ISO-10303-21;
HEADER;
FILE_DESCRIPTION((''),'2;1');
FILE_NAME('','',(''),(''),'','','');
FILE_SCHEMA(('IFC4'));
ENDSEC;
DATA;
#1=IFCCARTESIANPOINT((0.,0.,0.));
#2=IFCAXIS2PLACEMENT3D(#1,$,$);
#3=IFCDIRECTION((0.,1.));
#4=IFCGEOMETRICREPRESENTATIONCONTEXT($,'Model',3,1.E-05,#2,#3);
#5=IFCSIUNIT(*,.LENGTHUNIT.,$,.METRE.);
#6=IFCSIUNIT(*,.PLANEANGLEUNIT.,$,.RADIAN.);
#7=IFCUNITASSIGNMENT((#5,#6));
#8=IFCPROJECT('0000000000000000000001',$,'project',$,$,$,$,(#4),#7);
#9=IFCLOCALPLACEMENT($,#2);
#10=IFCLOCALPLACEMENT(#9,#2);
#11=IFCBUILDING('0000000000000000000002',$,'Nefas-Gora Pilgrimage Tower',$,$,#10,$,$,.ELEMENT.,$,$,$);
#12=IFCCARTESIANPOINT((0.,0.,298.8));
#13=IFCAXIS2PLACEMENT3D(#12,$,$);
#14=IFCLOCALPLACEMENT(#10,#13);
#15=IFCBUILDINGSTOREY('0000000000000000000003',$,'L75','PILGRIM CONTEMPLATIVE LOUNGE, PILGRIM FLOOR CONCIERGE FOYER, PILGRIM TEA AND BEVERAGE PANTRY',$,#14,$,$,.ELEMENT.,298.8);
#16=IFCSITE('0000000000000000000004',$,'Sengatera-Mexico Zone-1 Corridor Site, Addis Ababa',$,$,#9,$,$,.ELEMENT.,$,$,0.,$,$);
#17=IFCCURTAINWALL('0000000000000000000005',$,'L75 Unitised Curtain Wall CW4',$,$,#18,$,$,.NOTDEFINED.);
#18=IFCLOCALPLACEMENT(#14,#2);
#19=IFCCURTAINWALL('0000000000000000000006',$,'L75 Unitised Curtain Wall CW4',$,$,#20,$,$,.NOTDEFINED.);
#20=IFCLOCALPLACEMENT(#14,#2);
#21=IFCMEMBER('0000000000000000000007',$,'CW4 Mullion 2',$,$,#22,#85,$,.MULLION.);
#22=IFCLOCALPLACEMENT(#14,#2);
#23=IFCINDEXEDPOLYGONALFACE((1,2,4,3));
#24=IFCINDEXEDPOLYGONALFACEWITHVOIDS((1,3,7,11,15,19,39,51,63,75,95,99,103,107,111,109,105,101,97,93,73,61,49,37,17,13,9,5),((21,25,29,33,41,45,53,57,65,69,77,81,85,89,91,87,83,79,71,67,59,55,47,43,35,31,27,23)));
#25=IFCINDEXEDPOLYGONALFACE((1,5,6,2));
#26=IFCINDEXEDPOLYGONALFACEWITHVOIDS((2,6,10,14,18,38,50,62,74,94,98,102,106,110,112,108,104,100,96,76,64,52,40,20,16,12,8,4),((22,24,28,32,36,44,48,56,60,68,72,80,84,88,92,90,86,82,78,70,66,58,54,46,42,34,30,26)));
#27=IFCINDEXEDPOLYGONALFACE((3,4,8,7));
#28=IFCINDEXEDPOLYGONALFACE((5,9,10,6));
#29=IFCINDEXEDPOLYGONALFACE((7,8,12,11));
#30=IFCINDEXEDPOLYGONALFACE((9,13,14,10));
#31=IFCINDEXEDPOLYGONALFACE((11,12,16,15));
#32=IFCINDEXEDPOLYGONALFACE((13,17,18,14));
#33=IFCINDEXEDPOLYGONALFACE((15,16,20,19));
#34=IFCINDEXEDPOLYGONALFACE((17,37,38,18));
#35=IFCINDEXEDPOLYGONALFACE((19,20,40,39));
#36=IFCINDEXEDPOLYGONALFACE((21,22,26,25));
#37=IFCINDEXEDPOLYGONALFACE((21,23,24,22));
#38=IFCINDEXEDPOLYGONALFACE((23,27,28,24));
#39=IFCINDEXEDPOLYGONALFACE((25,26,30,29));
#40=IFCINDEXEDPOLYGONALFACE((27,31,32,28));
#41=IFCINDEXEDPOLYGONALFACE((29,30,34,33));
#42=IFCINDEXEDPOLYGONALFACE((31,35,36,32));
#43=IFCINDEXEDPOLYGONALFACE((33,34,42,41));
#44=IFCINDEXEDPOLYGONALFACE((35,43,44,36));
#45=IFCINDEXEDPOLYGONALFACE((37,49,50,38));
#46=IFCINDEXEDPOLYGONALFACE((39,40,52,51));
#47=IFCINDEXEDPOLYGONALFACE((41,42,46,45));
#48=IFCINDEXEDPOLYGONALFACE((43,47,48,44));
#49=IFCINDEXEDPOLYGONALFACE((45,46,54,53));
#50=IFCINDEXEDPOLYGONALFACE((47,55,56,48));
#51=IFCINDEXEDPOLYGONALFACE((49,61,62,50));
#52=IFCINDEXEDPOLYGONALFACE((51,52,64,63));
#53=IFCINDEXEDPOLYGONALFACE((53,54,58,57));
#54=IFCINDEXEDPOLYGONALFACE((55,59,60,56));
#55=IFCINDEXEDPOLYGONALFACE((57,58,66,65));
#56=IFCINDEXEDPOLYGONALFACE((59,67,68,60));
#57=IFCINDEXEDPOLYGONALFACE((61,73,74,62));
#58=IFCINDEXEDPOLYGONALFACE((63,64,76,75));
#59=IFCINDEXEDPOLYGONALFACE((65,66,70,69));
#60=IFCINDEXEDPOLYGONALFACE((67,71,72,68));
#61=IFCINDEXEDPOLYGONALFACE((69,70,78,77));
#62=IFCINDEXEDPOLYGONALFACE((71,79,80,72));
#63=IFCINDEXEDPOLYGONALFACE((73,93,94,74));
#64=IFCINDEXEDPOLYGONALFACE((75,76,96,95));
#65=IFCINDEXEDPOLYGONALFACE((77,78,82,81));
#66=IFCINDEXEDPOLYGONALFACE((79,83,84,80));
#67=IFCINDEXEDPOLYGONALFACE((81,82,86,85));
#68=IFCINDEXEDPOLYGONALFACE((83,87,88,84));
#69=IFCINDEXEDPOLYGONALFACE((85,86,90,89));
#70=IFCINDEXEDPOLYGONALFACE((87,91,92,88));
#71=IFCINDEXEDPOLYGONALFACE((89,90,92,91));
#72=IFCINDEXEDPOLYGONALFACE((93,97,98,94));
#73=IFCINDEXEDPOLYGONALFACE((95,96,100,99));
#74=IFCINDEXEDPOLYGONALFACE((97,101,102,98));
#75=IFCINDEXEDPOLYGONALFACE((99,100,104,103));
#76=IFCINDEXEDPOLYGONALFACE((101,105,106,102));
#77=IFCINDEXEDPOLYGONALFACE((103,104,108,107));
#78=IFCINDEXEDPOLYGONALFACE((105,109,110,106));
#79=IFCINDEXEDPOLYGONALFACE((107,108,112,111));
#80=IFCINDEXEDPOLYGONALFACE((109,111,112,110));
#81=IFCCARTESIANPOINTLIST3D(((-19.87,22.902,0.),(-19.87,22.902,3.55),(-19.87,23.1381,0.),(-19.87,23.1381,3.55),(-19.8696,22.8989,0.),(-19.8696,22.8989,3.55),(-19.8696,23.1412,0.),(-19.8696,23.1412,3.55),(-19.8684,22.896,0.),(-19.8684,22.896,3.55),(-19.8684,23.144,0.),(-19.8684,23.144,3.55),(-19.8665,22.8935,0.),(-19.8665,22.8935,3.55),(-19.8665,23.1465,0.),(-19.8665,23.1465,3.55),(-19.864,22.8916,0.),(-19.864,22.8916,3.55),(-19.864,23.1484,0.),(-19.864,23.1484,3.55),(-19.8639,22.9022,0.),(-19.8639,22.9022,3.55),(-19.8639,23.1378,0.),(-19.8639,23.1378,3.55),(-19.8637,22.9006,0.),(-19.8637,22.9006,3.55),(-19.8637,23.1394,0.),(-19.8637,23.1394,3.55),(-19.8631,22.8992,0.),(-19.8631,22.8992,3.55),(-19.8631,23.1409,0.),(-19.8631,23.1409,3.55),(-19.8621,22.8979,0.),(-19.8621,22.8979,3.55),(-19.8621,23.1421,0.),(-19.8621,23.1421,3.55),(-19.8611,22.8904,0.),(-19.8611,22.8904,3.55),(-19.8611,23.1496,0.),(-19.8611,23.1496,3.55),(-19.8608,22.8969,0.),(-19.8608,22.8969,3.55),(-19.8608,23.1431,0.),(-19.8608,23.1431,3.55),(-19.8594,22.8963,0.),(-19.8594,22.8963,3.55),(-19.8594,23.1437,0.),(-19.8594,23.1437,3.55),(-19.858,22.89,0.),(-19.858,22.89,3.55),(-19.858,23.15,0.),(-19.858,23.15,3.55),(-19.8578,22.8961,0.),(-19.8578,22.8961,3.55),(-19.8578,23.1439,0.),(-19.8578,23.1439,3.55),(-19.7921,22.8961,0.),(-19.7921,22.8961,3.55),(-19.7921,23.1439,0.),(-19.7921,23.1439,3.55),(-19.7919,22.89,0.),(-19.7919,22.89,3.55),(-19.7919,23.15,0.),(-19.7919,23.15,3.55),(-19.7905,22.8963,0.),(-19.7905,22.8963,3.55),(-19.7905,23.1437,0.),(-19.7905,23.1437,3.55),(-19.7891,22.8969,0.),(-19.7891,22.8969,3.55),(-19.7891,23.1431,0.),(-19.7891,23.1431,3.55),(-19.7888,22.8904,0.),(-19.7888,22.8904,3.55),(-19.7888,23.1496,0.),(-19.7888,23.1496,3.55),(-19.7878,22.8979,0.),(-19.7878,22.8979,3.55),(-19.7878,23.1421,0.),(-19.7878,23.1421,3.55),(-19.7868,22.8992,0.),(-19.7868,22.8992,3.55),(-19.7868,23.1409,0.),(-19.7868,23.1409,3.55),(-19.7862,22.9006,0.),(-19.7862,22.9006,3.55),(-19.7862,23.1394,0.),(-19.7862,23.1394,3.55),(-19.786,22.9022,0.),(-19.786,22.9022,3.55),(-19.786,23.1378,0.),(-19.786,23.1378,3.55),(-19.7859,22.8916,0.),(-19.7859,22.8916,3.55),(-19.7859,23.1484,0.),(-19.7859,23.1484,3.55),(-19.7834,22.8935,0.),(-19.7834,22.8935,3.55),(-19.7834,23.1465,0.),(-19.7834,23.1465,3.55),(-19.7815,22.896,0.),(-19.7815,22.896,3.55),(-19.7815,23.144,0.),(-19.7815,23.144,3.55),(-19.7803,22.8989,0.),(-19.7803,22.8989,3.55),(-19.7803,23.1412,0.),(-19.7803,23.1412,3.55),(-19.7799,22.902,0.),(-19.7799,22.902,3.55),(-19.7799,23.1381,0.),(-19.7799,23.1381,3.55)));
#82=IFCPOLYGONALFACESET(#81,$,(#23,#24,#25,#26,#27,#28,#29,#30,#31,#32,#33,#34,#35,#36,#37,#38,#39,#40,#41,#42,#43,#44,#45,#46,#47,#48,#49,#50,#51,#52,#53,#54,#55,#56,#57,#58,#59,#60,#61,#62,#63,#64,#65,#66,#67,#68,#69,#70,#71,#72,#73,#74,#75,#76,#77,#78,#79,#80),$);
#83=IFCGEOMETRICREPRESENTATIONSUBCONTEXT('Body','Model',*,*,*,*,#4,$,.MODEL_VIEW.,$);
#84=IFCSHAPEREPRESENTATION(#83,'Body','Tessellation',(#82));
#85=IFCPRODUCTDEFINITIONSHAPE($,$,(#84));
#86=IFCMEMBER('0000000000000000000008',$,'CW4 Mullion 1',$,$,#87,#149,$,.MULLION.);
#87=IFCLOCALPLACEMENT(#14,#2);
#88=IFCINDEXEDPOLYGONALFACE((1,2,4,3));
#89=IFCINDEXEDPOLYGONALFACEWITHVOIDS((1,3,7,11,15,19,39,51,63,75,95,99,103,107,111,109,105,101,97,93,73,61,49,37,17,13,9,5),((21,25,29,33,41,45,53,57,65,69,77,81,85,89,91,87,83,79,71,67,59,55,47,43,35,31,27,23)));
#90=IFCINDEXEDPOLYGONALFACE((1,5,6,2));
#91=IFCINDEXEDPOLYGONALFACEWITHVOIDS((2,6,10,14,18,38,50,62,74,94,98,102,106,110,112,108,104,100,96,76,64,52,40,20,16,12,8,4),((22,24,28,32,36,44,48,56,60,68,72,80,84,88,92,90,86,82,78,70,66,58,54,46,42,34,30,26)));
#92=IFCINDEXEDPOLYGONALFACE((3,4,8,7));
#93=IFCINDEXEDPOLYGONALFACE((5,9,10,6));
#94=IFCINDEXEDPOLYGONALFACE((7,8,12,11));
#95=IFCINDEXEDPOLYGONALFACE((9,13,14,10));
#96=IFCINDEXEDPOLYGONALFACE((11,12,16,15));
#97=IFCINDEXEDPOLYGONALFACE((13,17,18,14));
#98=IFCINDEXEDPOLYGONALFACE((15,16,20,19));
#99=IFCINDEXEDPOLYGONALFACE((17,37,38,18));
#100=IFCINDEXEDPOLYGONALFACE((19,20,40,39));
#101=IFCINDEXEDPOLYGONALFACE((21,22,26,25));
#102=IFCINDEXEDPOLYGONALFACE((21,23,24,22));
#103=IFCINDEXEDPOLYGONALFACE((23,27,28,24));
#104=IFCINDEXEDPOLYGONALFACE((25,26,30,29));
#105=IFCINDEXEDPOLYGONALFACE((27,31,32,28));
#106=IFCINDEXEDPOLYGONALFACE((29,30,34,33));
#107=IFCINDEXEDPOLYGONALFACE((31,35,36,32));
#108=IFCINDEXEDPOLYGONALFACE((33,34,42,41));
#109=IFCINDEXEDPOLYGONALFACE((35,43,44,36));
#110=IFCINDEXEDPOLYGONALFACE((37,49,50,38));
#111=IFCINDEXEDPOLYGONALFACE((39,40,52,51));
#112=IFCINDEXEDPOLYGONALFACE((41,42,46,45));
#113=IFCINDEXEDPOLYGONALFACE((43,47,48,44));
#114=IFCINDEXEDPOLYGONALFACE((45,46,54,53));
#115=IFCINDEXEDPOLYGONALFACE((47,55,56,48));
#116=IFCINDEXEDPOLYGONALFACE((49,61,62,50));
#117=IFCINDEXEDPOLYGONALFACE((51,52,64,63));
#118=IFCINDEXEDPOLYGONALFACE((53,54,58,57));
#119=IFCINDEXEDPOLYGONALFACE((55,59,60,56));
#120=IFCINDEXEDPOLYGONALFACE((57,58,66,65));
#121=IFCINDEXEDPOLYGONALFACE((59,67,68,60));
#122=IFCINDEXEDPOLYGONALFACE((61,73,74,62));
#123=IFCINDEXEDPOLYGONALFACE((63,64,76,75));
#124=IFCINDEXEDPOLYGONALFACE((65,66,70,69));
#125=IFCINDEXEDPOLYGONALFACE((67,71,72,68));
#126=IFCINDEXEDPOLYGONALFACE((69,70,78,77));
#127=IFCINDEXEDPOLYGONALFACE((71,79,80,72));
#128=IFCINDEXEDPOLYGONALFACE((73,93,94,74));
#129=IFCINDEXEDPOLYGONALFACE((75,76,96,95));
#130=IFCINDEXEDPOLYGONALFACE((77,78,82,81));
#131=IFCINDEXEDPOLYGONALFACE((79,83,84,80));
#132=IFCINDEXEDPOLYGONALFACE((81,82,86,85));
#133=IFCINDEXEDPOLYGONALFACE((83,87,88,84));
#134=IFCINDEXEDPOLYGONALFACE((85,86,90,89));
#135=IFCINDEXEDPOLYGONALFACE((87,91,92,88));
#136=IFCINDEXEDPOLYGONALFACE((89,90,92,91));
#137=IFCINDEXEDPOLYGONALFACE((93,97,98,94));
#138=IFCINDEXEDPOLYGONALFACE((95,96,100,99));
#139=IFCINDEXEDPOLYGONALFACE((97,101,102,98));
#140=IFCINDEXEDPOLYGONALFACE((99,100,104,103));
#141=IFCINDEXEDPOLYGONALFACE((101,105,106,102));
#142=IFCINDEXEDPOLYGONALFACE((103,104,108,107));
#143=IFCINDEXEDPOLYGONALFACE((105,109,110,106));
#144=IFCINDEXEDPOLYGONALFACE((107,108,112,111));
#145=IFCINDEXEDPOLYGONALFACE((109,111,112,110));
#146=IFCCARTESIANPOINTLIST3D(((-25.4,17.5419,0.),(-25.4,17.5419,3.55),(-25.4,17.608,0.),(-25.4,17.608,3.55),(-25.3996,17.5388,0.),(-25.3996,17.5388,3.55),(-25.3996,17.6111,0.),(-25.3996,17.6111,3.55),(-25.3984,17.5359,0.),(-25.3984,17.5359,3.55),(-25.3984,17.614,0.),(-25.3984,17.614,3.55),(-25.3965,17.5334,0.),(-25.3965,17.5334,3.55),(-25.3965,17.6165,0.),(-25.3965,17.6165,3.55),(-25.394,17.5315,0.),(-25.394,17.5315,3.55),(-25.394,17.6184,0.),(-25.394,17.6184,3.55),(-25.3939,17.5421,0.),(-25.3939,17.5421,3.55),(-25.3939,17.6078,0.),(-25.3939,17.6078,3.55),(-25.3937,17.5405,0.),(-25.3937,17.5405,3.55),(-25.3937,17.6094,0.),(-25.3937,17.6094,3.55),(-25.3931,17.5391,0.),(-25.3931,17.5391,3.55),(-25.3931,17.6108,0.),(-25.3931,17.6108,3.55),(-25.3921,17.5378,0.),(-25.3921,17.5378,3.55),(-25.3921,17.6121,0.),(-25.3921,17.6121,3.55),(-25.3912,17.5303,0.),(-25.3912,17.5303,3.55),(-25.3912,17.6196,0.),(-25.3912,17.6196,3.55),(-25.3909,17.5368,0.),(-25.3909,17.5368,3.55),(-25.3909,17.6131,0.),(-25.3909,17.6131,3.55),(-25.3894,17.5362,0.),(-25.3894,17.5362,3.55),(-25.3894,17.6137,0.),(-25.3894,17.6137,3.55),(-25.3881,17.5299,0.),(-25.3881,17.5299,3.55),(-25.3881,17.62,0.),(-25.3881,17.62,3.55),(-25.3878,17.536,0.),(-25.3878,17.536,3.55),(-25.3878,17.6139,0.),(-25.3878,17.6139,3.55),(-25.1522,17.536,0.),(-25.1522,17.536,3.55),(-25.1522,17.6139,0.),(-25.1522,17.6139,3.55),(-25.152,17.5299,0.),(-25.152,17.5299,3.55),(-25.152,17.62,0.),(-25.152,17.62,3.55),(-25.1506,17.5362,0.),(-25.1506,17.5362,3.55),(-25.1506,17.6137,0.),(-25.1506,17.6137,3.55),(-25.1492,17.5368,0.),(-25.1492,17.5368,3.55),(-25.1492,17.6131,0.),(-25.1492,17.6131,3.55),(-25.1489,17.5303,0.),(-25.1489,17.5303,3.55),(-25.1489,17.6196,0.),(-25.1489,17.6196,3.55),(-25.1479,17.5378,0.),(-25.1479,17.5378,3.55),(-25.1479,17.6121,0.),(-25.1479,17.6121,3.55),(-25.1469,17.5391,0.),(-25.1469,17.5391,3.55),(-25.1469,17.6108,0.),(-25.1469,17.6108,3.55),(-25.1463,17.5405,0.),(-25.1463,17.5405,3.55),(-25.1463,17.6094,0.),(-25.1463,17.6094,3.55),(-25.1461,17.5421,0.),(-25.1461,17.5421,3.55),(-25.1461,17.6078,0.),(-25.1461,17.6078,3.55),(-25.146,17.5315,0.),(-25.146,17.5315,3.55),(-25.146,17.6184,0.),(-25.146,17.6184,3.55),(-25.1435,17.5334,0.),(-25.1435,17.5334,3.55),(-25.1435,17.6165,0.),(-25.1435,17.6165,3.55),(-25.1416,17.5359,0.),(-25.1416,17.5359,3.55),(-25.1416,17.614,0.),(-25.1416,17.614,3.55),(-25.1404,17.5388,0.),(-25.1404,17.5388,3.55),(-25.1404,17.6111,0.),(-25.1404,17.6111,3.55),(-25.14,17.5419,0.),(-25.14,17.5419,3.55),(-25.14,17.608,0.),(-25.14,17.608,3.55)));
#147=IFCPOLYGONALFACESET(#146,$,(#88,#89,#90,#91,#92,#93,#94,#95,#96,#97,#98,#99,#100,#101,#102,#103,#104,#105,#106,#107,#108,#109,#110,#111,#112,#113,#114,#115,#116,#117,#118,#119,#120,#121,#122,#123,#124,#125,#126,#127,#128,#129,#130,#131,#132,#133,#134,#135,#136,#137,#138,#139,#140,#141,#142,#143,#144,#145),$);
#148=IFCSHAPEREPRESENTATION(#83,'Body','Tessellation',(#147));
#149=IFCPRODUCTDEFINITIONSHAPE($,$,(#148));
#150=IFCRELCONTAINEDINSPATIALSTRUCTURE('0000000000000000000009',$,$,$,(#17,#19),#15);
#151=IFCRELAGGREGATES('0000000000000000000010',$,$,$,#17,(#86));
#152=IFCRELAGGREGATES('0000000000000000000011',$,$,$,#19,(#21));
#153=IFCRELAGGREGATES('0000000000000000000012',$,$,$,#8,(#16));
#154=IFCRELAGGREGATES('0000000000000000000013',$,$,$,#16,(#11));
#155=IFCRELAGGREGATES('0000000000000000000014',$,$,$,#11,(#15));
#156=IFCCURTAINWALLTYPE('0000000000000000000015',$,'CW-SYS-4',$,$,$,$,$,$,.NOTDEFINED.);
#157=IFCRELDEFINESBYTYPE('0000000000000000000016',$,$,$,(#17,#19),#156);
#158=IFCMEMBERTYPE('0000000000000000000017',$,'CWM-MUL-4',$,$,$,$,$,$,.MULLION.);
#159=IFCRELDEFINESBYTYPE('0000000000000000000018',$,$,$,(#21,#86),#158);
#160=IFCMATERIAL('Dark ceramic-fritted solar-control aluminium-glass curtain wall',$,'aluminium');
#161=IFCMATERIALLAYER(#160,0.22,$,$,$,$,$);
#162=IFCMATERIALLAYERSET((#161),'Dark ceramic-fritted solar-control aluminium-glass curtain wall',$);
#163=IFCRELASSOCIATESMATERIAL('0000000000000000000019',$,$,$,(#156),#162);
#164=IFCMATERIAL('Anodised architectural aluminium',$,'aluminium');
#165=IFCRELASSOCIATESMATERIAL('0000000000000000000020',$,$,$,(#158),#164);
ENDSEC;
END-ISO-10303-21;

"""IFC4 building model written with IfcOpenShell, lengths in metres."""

from ifc_helpers import new_model, si_unit, direction, frame, origin, origin_2d, place, context, subcontext, project, spatial, hollow_rectangle, extrude, source, transform, mapped, material, layer, layer_set, material_profile, profile_set, type_object, element, aggregate, save


model = new_model("IFC4")

# Units and contexts
model_context = context("Model", 3, precision=1e-05, world=origin(), true_north=direction((0.0, 1.0)))
body_context = subcontext(model_context, "Body", "Model", "MODEL_VIEW")
ifc_project = project(units=[si_unit("LENGTHUNIT", "METRE"), si_unit("PLANEANGLEUNIT", "RADIAN")], contexts=[model_context])

# Site, building, storey
site_placement = place(None, origin())
site = spatial("IfcSite", under=ifc_project, at=site_placement, Name="Sengatera-Mexico Zone-1 Corridor Site, Addis Ababa", CompositionType="ELEMENT", RefElevation=0.0)
building_placement = place(site_placement, origin())
building = spatial("IfcBuilding", under=site, at=building_placement, Name="Nefas-Gora Pilgrimage Tower", CompositionType="ELEMENT")
storey_placement = place(building_placement, frame((0.0, 0.0, 298.8)))
storey = spatial("IfcBuildingStorey", under=building, at=storey_placement, Name="L75", Description="PILGRIM CONTEMPLATIVE LOUNGE, PILGRIM FLOOR CONCIERGE FOYER, PILGRIM TEA AND BEVERAGE PANTRY", CompositionType="ELEMENT", Elevation=298.8)

# Curtain wall
ifc_material_1 = material(Name="Dark ceramic-fritted solar-control aluminium-glass curtain wall", Category="aluminium")
ifc_material_2 = material(Name="Anodised architectural aluminium", Category="aluminium")
ifc_layer_1 = layer(ifc_material_1, 0.22)
ifc_layer_set_1 = layer_set([ifc_layer_1], Name="Dark ceramic-fritted solar-control aluminium-glass curtain wall")
curtain_wall_type_1 = type_object("IfcCurtainWallType", Name="CW-SYS-4", PredefinedType="NOTDEFINED", material=ifc_layer_set_1)
curtain_wall_1_placement = place(storey_placement, origin())
curtain_wall_1 = element("IfcCurtainWall", 1, at=curtain_wall_1_placement, inside=storey, type_object=curtain_wall_type_1, Name="L75 Unitised Curtain Wall CW4", PredefinedType="NOTDEFINED")

# Curtain wall, member
curtain_wall_2_placement = place(storey_placement, origin())
curtain_wall_2 = element("IfcCurtainWall", 2, at=curtain_wall_2_placement, inside=storey, type_object=curtain_wall_type_1, Name="L75 Unitised Curtain Wall CW4", PredefinedType="NOTDEFINED")
ifc_material_profile_1 = material_profile(ifc_material_2, hollow_rectangle(XDim=0.0901, YDim=0.26, WallThickness=0.0061, InnerFilletRadius=0.0061, OuterFilletRadius=0.012, at=origin_2d()), Name="ALU MULLION 90x260")
ifc_profile_set_1 = profile_set([ifc_material_profile_1], Name="Anodised architectural aluminium")
member_type_1 = type_object("IfcMemberType", Name="CWM-MUL-4", PredefinedType="MULLION", material=ifc_profile_set_1)
shared_shape_1 = source(origin(), body_context, "Body", "SweptSolid", [
    extrude(hollow_rectangle(XDim=0.0901, YDim=0.26, WallThickness=0.0061, InnerFilletRadius=0.0061, OuterFilletRadius=0.012, at=origin_2d()), origin(), (0.0, 0.0, 1.0), 3.55),
])
member_1_placement = place(storey_placement, frame((-19.825, 23.02, 0.0), z_axis=(0.0, 0.0, 1.0), x_axis=(-1.0, 0.0, 0.0)))
member_1 = element("IfcMember", 3, at=member_1_placement, type_object=member_type_1, Name="CW4 Mullion 2", PredefinedType="MULLION", context=body_context, shape_type="MappedRepresentation", body=[
    mapped(shared_shape_1, transform((0.0, 0.0, 0.0), x_axis=(1.0, 0.0, 0.0), y_axis=(0.0, 1.0, 0.0), z_axis=(0.0, 0.0, 1.0), scale=1.0)),
])

# Member
member_2_placement = place(storey_placement, frame((-25.27, 17.575, 0.0), z_axis=(0.0, 0.0, 1.0), x_axis=(0.0, -1.0, 0.0)))
member_2 = element("IfcMember", 4, at=member_2_placement, type_object=member_type_1, Name="CW4 Mullion 1", PredefinedType="MULLION", context=body_context, shape_type="MappedRepresentation", body=[
    mapped(shared_shape_1, transform((0.0, 0.0, 0.0), x_axis=(1.0, 0.0, 0.0), y_axis=(0.0, 1.0, 0.0), z_axis=(0.0, 0.0, 1.0), scale=1.0)),
])

aggregate(curtain_wall_1, [member_2])
aggregate(curtain_wall_2, [member_1])

save(model, "model.ifc")
